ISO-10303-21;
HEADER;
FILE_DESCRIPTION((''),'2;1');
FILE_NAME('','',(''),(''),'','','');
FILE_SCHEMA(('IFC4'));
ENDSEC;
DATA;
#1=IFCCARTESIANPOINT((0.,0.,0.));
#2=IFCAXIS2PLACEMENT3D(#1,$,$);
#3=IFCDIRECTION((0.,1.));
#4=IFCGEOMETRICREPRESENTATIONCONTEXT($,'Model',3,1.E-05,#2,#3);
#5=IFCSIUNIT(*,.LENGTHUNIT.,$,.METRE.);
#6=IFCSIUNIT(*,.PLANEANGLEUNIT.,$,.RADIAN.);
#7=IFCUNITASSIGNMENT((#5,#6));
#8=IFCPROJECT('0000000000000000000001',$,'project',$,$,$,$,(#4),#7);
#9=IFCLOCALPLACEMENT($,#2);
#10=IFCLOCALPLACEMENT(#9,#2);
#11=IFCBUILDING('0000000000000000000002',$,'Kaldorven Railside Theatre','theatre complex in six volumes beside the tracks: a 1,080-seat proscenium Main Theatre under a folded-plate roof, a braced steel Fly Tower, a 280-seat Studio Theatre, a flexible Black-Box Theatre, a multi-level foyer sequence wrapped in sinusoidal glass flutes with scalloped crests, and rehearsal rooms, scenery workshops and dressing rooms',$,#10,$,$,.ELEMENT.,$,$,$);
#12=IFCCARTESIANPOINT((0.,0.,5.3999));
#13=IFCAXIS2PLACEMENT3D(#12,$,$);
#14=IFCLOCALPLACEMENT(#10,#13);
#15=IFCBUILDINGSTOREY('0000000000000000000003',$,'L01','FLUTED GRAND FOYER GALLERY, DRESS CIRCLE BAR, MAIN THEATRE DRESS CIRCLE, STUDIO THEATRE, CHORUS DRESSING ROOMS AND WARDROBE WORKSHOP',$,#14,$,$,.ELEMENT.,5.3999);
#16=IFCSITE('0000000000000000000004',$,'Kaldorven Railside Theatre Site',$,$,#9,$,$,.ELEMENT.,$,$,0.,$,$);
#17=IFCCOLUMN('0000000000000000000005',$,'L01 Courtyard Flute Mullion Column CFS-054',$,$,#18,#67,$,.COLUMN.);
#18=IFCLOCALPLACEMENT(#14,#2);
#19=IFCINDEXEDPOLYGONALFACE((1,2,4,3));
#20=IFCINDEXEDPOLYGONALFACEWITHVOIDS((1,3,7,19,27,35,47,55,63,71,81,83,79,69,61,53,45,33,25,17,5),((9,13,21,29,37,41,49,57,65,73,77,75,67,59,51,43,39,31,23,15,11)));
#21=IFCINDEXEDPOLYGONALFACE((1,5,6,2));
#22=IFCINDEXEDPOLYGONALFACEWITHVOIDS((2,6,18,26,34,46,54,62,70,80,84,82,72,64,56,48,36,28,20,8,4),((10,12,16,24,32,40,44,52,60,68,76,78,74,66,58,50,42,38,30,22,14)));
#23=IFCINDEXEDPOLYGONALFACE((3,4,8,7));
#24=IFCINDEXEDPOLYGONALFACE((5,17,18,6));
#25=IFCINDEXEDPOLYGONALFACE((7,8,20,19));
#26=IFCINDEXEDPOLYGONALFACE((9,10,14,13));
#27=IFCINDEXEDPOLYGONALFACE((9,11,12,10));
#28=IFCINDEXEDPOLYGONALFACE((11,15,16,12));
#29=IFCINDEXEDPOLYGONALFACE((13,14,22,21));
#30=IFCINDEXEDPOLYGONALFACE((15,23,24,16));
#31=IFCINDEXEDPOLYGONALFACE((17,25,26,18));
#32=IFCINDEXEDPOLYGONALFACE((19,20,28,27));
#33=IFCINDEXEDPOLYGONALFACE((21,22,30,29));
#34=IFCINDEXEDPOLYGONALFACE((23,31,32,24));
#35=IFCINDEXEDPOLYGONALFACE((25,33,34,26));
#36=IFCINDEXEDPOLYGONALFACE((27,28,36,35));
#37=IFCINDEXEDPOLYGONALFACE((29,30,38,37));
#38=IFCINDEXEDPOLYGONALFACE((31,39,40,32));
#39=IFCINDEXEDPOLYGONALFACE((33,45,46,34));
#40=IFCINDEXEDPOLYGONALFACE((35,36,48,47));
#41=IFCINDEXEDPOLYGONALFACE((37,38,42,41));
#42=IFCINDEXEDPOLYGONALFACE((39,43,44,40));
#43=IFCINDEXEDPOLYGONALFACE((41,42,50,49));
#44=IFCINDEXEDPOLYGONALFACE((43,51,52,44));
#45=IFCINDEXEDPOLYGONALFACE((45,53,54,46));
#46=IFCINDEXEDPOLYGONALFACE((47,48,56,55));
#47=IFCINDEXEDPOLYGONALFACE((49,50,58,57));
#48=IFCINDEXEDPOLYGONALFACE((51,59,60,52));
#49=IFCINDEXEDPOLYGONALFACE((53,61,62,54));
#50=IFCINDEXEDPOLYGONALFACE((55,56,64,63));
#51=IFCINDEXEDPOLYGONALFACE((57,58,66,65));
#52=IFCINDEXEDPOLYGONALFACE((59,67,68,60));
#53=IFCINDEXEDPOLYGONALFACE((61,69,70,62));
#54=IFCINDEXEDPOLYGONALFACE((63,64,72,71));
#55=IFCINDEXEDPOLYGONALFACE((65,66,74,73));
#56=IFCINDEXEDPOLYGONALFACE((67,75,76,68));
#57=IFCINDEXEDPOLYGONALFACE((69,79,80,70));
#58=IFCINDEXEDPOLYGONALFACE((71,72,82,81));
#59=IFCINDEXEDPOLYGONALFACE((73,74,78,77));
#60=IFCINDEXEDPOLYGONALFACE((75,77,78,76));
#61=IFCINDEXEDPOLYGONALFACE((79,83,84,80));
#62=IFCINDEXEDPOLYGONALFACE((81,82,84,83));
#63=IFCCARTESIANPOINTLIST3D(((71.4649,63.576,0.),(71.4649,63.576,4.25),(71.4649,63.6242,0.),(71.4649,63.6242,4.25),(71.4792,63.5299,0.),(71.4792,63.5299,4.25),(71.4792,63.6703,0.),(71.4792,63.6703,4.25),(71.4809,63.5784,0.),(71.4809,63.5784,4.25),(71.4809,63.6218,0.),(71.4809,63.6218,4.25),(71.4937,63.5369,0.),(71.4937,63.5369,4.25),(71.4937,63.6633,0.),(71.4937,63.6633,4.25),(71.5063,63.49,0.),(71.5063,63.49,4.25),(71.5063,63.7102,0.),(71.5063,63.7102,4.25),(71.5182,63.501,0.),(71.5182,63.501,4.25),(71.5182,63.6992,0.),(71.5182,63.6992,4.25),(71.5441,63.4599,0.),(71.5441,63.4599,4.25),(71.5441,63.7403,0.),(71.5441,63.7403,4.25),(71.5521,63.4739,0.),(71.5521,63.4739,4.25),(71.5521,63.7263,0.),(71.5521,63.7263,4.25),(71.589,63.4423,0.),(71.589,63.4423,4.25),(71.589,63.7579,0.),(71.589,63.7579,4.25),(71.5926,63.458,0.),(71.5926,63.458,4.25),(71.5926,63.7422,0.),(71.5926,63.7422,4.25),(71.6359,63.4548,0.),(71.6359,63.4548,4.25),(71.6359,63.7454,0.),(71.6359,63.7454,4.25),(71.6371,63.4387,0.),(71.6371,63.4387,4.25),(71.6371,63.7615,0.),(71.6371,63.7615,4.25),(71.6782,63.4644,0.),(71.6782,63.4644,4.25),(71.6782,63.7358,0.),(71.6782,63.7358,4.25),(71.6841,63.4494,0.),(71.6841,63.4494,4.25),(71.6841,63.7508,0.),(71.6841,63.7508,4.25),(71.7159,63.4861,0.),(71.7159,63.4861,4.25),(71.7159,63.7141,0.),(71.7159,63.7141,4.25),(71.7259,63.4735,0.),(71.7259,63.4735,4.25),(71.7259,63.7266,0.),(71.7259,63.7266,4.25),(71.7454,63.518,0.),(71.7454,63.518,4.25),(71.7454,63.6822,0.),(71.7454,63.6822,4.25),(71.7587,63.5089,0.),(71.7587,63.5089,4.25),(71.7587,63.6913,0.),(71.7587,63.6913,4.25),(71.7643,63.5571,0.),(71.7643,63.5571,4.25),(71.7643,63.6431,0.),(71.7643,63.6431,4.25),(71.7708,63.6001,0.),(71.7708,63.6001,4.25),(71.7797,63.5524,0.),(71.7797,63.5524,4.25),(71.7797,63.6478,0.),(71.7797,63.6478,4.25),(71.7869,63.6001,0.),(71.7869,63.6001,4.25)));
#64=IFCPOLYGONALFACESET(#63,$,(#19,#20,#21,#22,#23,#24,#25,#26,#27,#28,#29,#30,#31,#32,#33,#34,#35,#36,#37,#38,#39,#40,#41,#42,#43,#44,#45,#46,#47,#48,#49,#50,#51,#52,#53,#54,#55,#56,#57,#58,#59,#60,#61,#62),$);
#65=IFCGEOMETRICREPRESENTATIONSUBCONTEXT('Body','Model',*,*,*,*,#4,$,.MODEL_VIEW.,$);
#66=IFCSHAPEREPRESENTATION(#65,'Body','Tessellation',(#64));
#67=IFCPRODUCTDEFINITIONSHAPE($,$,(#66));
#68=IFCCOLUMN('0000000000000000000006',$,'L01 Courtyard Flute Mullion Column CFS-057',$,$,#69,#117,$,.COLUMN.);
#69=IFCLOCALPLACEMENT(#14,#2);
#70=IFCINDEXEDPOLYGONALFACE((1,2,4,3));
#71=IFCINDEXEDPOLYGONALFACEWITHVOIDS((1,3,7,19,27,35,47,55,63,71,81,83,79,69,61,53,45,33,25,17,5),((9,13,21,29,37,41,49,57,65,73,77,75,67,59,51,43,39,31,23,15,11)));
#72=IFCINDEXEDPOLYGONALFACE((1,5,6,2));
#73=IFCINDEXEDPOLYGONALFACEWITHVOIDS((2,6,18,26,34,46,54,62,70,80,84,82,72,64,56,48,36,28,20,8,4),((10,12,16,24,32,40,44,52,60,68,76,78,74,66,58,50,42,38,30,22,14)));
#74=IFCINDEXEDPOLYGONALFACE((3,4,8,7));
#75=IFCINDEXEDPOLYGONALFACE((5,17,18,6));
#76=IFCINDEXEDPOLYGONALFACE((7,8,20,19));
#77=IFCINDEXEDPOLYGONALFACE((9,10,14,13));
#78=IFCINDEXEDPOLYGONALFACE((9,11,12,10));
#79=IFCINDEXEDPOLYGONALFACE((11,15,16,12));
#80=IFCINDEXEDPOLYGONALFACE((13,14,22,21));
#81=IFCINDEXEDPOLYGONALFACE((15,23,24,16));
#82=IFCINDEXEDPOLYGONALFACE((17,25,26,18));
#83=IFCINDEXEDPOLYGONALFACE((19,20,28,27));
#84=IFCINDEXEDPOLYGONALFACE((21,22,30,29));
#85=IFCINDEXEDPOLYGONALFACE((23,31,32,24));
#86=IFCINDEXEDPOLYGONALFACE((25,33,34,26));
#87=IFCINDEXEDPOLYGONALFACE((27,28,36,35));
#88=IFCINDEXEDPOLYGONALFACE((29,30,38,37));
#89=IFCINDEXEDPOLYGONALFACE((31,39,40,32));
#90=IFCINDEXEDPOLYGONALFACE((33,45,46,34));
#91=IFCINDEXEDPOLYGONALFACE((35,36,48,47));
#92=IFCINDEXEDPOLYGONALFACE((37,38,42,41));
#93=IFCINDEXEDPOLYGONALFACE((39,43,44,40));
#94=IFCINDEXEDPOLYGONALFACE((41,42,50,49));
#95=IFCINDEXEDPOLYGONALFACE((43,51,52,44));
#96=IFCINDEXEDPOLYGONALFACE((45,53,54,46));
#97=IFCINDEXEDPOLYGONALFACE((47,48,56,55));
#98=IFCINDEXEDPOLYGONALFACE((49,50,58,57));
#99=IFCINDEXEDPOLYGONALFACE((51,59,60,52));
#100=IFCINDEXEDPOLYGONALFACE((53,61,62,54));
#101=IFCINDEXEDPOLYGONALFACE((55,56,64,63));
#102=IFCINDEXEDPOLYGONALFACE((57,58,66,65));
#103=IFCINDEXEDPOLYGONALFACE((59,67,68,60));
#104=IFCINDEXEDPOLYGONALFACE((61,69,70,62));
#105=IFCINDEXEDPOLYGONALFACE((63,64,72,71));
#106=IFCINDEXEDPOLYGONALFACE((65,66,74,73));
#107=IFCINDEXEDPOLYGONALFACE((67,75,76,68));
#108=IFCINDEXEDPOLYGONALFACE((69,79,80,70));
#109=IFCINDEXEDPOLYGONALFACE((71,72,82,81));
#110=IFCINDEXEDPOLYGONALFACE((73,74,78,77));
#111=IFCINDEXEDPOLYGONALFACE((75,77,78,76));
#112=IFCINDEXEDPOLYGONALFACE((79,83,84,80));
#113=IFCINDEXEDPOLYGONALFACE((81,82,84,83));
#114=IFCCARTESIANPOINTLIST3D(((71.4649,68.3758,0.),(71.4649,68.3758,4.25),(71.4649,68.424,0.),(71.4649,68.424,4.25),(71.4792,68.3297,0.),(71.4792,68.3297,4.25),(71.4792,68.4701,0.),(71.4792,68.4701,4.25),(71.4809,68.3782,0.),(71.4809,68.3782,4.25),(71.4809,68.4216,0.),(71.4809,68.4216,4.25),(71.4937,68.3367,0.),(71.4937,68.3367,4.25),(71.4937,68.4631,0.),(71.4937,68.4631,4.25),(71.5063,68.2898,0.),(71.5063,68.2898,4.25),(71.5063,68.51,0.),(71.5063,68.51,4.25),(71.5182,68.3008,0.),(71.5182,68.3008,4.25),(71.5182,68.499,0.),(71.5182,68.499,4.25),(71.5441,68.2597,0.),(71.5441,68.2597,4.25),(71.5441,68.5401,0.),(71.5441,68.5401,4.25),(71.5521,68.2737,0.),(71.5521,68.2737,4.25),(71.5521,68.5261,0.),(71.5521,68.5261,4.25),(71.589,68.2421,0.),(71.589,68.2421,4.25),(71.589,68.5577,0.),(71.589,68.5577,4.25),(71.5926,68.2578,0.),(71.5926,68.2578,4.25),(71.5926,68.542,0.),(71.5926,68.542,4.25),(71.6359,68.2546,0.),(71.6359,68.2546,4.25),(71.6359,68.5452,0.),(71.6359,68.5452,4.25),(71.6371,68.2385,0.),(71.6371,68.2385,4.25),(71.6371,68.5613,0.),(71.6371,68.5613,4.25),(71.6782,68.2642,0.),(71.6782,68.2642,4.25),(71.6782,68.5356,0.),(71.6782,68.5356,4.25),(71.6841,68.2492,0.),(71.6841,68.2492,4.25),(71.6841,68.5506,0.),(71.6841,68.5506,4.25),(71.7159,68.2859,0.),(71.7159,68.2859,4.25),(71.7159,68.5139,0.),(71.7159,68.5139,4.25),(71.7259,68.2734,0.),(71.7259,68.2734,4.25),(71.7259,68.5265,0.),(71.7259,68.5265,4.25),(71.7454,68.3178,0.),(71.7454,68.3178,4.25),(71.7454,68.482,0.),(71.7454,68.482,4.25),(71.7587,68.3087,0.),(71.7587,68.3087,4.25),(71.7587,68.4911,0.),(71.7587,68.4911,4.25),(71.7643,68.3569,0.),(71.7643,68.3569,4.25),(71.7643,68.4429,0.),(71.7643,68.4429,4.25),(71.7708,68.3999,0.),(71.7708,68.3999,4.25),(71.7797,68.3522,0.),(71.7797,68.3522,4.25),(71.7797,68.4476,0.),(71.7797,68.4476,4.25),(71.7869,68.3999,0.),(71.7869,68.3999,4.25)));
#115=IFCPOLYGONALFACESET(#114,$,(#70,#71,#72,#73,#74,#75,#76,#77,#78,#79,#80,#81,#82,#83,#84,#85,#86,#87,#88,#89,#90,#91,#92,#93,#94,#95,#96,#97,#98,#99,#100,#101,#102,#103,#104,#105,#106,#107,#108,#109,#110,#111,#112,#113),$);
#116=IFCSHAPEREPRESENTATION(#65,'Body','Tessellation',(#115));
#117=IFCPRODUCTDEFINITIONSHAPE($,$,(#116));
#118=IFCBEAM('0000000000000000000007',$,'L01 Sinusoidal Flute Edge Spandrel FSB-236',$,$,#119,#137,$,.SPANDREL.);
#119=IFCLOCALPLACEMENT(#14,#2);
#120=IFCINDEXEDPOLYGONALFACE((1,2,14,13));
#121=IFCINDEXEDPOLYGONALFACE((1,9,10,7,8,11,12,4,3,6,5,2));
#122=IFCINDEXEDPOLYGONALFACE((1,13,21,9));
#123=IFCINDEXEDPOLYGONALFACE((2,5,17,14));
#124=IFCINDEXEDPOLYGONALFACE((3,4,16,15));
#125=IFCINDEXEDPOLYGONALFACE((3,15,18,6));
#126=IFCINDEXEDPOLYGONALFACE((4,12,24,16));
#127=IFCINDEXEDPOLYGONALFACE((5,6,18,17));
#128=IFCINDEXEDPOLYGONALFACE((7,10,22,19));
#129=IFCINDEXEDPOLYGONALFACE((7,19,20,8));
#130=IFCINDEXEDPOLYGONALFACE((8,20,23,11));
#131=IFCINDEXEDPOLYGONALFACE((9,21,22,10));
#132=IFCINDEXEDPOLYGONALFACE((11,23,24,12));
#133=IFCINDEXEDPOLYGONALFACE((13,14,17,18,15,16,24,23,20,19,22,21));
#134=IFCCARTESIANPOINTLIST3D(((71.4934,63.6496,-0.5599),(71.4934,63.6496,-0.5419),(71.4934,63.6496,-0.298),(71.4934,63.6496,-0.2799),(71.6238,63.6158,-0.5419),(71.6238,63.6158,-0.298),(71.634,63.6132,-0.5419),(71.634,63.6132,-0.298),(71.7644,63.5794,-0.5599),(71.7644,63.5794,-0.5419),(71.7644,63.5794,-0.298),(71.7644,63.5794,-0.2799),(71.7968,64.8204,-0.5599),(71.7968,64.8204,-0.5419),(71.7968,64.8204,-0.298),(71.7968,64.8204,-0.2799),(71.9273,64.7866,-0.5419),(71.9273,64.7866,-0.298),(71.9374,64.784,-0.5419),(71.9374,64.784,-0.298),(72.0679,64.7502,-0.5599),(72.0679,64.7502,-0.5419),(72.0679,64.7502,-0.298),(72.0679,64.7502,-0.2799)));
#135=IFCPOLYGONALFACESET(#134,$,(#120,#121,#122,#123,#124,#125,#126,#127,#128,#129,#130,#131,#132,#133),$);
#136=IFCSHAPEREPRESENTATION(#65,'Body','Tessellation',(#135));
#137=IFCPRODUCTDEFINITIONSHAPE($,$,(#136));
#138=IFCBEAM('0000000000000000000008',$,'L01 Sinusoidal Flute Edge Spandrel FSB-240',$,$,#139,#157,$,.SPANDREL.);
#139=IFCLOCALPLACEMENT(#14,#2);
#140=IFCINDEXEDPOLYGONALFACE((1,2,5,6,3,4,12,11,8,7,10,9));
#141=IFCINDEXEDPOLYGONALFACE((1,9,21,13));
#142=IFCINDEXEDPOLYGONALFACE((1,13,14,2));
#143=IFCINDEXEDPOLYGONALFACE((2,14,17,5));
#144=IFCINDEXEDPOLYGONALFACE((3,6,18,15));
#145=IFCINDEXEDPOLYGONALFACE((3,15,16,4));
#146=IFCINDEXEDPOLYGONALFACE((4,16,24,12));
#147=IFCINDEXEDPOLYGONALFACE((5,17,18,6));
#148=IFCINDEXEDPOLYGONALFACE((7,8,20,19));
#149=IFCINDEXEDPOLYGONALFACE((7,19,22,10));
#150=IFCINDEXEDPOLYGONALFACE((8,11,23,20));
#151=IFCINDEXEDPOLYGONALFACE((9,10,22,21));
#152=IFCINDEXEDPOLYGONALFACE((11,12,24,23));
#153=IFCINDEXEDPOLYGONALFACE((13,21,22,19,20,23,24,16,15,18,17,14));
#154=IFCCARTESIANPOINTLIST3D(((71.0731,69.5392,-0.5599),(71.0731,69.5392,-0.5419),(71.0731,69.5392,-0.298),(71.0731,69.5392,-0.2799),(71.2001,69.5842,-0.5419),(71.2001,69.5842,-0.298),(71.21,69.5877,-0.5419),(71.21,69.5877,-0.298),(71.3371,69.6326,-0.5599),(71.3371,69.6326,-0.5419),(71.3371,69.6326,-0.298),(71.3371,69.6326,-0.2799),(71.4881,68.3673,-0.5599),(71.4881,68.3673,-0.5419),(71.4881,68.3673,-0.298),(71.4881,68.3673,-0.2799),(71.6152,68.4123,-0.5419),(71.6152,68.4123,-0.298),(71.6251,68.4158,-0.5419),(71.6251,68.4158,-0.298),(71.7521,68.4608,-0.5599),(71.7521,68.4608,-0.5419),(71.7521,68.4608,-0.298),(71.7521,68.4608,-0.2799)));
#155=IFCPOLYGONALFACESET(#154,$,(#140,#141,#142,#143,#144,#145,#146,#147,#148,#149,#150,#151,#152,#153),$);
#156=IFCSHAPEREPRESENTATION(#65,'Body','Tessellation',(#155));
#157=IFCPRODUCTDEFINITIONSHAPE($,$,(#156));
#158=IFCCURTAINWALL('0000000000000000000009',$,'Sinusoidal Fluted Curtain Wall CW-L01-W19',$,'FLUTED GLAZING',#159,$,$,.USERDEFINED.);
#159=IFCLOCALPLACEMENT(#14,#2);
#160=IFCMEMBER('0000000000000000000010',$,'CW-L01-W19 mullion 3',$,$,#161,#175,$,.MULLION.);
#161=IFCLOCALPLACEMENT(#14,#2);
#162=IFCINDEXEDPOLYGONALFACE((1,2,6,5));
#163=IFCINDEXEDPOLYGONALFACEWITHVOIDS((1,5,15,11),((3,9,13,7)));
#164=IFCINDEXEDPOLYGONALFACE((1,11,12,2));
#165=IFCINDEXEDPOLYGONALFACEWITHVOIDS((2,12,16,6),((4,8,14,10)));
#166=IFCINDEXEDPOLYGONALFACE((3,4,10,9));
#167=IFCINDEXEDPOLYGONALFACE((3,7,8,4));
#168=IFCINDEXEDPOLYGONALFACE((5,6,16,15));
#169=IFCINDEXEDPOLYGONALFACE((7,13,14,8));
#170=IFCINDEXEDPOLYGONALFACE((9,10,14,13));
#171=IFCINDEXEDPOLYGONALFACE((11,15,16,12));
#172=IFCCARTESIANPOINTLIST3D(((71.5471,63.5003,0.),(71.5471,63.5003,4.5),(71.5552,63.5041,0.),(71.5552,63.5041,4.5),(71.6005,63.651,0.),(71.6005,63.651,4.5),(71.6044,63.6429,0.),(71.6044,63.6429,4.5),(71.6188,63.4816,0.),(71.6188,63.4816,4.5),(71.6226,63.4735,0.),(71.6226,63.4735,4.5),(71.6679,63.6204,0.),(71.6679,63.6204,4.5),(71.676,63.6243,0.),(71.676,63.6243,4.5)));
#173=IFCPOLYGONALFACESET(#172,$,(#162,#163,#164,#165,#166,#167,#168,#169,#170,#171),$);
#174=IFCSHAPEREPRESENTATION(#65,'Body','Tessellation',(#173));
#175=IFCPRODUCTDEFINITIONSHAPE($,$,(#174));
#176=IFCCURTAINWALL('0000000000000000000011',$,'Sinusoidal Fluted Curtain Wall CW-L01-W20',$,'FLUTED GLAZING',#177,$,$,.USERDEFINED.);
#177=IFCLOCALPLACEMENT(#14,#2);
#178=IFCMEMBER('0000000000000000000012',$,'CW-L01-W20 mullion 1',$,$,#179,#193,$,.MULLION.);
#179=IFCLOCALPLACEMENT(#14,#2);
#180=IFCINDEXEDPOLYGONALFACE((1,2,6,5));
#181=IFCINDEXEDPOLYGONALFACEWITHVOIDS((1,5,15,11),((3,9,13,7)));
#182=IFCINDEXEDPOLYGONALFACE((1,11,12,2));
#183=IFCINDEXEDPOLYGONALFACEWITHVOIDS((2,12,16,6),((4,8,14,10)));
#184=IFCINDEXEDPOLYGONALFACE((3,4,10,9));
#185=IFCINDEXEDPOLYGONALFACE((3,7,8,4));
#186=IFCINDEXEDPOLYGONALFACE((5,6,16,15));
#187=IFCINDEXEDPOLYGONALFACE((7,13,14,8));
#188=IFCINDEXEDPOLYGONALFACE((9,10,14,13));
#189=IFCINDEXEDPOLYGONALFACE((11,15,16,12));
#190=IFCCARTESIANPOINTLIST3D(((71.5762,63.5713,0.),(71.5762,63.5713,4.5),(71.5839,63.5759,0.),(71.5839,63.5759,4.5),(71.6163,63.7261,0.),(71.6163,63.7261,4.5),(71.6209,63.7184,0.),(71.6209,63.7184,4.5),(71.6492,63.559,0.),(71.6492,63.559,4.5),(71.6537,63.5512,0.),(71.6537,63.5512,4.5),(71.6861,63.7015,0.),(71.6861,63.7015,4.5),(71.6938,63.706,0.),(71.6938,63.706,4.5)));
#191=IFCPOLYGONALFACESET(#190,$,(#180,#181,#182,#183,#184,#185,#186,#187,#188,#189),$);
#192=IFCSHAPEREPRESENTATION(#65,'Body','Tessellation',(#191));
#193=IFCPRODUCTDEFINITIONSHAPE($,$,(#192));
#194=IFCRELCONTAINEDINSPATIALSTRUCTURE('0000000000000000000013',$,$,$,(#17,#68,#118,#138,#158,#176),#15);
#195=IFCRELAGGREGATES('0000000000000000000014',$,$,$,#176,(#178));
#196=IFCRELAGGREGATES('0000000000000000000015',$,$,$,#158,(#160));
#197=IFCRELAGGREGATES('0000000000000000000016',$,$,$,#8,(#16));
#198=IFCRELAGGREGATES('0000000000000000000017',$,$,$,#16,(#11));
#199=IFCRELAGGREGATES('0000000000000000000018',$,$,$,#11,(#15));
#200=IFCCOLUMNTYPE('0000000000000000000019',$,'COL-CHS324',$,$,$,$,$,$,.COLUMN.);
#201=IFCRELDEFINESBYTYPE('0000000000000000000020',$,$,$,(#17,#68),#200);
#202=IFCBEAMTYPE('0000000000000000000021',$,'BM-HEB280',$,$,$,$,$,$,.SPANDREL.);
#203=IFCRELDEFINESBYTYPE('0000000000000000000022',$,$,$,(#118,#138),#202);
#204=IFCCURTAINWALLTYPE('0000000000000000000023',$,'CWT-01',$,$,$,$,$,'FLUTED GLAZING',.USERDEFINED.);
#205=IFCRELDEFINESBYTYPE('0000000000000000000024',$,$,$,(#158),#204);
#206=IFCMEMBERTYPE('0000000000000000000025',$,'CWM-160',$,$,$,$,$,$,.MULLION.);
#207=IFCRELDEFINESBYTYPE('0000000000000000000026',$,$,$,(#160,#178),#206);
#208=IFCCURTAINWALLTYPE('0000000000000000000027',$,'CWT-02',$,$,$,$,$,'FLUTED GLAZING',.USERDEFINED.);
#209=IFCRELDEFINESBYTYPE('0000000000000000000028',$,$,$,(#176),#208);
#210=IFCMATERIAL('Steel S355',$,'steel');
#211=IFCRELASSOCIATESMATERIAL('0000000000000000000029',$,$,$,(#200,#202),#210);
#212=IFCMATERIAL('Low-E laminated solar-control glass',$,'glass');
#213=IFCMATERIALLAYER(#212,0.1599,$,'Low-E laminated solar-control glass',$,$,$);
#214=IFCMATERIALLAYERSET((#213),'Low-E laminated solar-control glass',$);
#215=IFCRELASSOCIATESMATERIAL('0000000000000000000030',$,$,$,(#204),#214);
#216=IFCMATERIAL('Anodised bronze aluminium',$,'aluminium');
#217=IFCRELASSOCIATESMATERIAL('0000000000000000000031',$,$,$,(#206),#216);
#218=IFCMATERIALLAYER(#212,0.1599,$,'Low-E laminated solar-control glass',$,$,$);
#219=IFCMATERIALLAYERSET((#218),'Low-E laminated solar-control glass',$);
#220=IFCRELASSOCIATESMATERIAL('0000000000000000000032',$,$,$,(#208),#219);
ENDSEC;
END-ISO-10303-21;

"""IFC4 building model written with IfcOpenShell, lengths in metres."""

from ifc_helpers import new_model, si_unit, direction, frame, origin, origin_2d, place, context, subcontext, project, spatial, hollow_rectangle, hollow_circle, i_section, extrude, material, layer, layer_set, material_profile, profile_set, type_object, element, aggregate, save


model = new_model("IFC4")

# Units and contexts
model_context = context("Model", 3, precision=1e-05, world=origin(), true_north=direction((0.0, 1.0)))
body_context = subcontext(model_context, "Body", "Model", "MODEL_VIEW")
ifc_project = project(units=[si_unit("LENGTHUNIT", "METRE"), si_unit("PLANEANGLEUNIT", "RADIAN")], contexts=[model_context])

# Site, building, storey
site_placement = place(None, origin())
site = spatial("IfcSite", under=ifc_project, at=site_placement, Name="Kaldorven Railside Theatre Site", CompositionType="ELEMENT", RefElevation=0.0)
building_placement = place(site_placement, origin())
building = spatial("IfcBuilding", under=site, at=building_placement, Name="Kaldorven Railside Theatre", Description="theatre complex in six volumes beside the tracks: a 1,080-seat proscenium Main Theatre under a folded-plate roof, a braced steel Fly Tower, a 280-seat Studio Theatre, a flexible Black-Box Theatre, a multi-level foyer sequence wrapped in sinusoidal glass flutes with scalloped crests, and rehearsal rooms, scenery workshops and dressing rooms", CompositionType="ELEMENT")
storey_placement = place(building_placement, frame((0.0, 0.0, 5.3999)))
storey = spatial("IfcBuildingStorey", under=building, at=storey_placement, Name="L01", Description="FLUTED GRAND FOYER GALLERY, DRESS CIRCLE BAR, MAIN THEATRE DRESS CIRCLE, STUDIO THEATRE, CHORUS DRESSING ROOMS AND WARDROBE WORKSHOP", CompositionType="ELEMENT", Elevation=5.3999)

# Columns
ifc_material_1 = material(Name="Steel S355", Category="steel")
ifc_material_profile_1 = material_profile(ifc_material_1, hollow_circle(Radius=0.1619, WallThickness=0.0161, at=origin_2d()), Name="CHS 323.9x16")
ifc_profile_set_1 = profile_set([ifc_material_profile_1], Name="Steel S355")
column_type = type_object("IfcColumnType", Name="COL-CHS324", PredefinedType="COLUMN", material=ifc_profile_set_1)
for number, where, z_axis, x_axis, name in (
    (1, (71.625, 63.6001, 0.0), (0.0, 0.0, 1.0), (1.0, 0.0, 0.0), "L01 Courtyard Flute Mullion Column CFS-054"),
    (2, (71.625, 68.3999, 0.0), (0.0, 0.0, 1.0), (1.0, 0.0, 0.0), "L01 Courtyard Flute Mullion Column CFS-057"),
):
    element("IfcColumn", number, at=place(storey_placement, frame(where, z_axis=z_axis, x_axis=x_axis)), inside=storey, type_object=column_type, Name=name, PredefinedType="COLUMN", context=body_context, shape_type="SweptSolid", body=[
        extrude(hollow_circle(Radius=0.1619, WallThickness=0.0161, at=origin_2d()), origin(), (0.0, 0.0, 1.0), 4.25),
    ])

# Beams
ifc_material_profile_2 = material_profile(ifc_material_1, i_section(OverallWidth=0.28, OverallDepth=0.28, WebThickness=0.0105, FlangeThickness=0.0181, at=origin_2d()), Name="HEB 280")
ifc_profile_set_2 = profile_set([ifc_material_profile_2], Name="Steel S355")
beam_type = type_object("IfcBeamType", Name="BM-HEB280", PredefinedType="SPANDREL", material=ifc_profile_set_2)
beam_1_placement = place(storey_placement, frame((71.6289, 63.6145, -0.4199), z_axis=(0.250885, 0.968017, 0.0), x_axis=(-0.968017, 0.250885, 0.0)))
element("IfcBeam", 3, at=beam_1_placement, inside=storey, type_object=beam_type, Name="L01 Sinusoidal Flute Edge Spandrel FSB-236", PredefinedType="SPANDREL", context=body_context, shape_type="SweptSolid", body=[
    extrude(i_section(OverallWidth=0.28, OverallDepth=0.28, WebThickness=0.0105, FlangeThickness=0.0181, at=origin_2d()), origin(), (0.0, 0.0, 1.0), 1.2095),
])
beam_2_placement = place(storey_placement, frame((71.6201, 68.4141, -0.4199), z_axis=(-0.333847, 0.942627, 0.0), x_axis=(-0.942627, -0.333847, 0.0)))
element("IfcBeam", 4, at=beam_2_placement, inside=storey, type_object=beam_type, Name="L01 Sinusoidal Flute Edge Spandrel FSB-240", PredefinedType="SPANDREL", context=body_context, shape_type="SweptSolid", body=[
    extrude(i_section(OverallWidth=0.28, OverallDepth=0.28, WebThickness=0.0105, FlangeThickness=0.0181, at=origin_2d()), origin(), (0.0, 0.0, 1.0), 1.2432),
])

# Curtain walls, members
ifc_material_2 = material(Name="Low-E laminated solar-control glass", Category="glass")
ifc_layer_1 = layer(ifc_material_2, 0.1599, Name="Low-E laminated solar-control glass")
ifc_layer_set_1 = layer_set([ifc_layer_1], Name="Low-E laminated solar-control glass")
curtain_wall_type_1 = type_object("IfcCurtainWallType", Name="CWT-01", ElementType="FLUTED GLAZING", PredefinedType="USERDEFINED", material=ifc_layer_set_1)
curtain_wall_1_placement = place(storey_placement, origin())
curtain_wall_1 = element("IfcCurtainWall", 5, at=curtain_wall_1_placement, inside=storey, type_object=curtain_wall_type_1, Name="Sinusoidal Fluted Curtain Wall CW-L01-W19", ObjectType="FLUTED GLAZING", PredefinedType="USERDEFINED")
ifc_material_3 = material(Name="Anodised bronze aluminium", Category="aluminium")
ifc_material_profile_3 = material_profile(ifc_material_3, hollow_rectangle(XDim=0.0801, YDim=0.1599, WallThickness=0.0063, at=origin_2d()), Name="RHS 160x80x6.3")
ifc_profile_set_3 = profile_set([ifc_material_profile_3], Name="Anodised bronze aluminium")
member_type_1 = type_object("IfcMemberType", Name="CWM-160", PredefinedType="MULLION", material=ifc_profile_set_3)
member_1_placement = place(storey_placement, frame((71.6116, 63.5623, 0.0), z_axis=(0.0, 0.0, 1.0), x_axis=(-0.942627, 0.333847, 0.0)))
member_1 = element("IfcMember", 6, at=member_1_placement, type_object=member_type_1, Name="CW-L01-W19 mullion 3", PredefinedType="MULLION", context=body_context, shape_type="SweptSolid", body=[
    extrude(hollow_rectangle(XDim=0.0801, YDim=0.1599, WallThickness=0.0063, at=origin_2d()), origin(), (0.0, 0.0, 1.0), 4.5),
])
ifc_layer_2 = layer(ifc_material_2, 0.1599, Name="Low-E laminated solar-control glass")
ifc_layer_set_2 = layer_set([ifc_layer_2], Name="Low-E laminated solar-control glass")
curtain_wall_type_2 = type_object("IfcCurtainWallType", Name="CWT-02", ElementType="FLUTED GLAZING", PredefinedType="USERDEFINED", material=ifc_layer_set_2)
curtain_wall_2_placement = place(storey_placement, origin())
curtain_wall_2 = element("IfcCurtainWall", 7, at=curtain_wall_2_placement, inside=storey, type_object=curtain_wall_type_2, Name="Sinusoidal Fluted Curtain Wall CW-L01-W20", ObjectType="FLUTED GLAZING", PredefinedType="USERDEFINED")
member_2_placement = place(storey_placement, frame((71.635, 63.6387, 0.0), z_axis=(0.0, 0.0, 1.0), x_axis=(-0.967999, 0.250954, 0.0)))
member_2 = element("IfcMember", 8, at=member_2_placement, type_object=member_type_1, Name="CW-L01-W20 mullion 1", PredefinedType="MULLION", context=body_context, shape_type="SweptSolid", body=[
    extrude(hollow_rectangle(XDim=0.0801, YDim=0.1599, WallThickness=0.0063, at=origin_2d()), origin(), (0.0, 0.0, 1.0), 4.5),
])

aggregate(curtain_wall_2, [member_2])

aggregate(curtain_wall_1, [member_1])

save(model, "model.ifc")
